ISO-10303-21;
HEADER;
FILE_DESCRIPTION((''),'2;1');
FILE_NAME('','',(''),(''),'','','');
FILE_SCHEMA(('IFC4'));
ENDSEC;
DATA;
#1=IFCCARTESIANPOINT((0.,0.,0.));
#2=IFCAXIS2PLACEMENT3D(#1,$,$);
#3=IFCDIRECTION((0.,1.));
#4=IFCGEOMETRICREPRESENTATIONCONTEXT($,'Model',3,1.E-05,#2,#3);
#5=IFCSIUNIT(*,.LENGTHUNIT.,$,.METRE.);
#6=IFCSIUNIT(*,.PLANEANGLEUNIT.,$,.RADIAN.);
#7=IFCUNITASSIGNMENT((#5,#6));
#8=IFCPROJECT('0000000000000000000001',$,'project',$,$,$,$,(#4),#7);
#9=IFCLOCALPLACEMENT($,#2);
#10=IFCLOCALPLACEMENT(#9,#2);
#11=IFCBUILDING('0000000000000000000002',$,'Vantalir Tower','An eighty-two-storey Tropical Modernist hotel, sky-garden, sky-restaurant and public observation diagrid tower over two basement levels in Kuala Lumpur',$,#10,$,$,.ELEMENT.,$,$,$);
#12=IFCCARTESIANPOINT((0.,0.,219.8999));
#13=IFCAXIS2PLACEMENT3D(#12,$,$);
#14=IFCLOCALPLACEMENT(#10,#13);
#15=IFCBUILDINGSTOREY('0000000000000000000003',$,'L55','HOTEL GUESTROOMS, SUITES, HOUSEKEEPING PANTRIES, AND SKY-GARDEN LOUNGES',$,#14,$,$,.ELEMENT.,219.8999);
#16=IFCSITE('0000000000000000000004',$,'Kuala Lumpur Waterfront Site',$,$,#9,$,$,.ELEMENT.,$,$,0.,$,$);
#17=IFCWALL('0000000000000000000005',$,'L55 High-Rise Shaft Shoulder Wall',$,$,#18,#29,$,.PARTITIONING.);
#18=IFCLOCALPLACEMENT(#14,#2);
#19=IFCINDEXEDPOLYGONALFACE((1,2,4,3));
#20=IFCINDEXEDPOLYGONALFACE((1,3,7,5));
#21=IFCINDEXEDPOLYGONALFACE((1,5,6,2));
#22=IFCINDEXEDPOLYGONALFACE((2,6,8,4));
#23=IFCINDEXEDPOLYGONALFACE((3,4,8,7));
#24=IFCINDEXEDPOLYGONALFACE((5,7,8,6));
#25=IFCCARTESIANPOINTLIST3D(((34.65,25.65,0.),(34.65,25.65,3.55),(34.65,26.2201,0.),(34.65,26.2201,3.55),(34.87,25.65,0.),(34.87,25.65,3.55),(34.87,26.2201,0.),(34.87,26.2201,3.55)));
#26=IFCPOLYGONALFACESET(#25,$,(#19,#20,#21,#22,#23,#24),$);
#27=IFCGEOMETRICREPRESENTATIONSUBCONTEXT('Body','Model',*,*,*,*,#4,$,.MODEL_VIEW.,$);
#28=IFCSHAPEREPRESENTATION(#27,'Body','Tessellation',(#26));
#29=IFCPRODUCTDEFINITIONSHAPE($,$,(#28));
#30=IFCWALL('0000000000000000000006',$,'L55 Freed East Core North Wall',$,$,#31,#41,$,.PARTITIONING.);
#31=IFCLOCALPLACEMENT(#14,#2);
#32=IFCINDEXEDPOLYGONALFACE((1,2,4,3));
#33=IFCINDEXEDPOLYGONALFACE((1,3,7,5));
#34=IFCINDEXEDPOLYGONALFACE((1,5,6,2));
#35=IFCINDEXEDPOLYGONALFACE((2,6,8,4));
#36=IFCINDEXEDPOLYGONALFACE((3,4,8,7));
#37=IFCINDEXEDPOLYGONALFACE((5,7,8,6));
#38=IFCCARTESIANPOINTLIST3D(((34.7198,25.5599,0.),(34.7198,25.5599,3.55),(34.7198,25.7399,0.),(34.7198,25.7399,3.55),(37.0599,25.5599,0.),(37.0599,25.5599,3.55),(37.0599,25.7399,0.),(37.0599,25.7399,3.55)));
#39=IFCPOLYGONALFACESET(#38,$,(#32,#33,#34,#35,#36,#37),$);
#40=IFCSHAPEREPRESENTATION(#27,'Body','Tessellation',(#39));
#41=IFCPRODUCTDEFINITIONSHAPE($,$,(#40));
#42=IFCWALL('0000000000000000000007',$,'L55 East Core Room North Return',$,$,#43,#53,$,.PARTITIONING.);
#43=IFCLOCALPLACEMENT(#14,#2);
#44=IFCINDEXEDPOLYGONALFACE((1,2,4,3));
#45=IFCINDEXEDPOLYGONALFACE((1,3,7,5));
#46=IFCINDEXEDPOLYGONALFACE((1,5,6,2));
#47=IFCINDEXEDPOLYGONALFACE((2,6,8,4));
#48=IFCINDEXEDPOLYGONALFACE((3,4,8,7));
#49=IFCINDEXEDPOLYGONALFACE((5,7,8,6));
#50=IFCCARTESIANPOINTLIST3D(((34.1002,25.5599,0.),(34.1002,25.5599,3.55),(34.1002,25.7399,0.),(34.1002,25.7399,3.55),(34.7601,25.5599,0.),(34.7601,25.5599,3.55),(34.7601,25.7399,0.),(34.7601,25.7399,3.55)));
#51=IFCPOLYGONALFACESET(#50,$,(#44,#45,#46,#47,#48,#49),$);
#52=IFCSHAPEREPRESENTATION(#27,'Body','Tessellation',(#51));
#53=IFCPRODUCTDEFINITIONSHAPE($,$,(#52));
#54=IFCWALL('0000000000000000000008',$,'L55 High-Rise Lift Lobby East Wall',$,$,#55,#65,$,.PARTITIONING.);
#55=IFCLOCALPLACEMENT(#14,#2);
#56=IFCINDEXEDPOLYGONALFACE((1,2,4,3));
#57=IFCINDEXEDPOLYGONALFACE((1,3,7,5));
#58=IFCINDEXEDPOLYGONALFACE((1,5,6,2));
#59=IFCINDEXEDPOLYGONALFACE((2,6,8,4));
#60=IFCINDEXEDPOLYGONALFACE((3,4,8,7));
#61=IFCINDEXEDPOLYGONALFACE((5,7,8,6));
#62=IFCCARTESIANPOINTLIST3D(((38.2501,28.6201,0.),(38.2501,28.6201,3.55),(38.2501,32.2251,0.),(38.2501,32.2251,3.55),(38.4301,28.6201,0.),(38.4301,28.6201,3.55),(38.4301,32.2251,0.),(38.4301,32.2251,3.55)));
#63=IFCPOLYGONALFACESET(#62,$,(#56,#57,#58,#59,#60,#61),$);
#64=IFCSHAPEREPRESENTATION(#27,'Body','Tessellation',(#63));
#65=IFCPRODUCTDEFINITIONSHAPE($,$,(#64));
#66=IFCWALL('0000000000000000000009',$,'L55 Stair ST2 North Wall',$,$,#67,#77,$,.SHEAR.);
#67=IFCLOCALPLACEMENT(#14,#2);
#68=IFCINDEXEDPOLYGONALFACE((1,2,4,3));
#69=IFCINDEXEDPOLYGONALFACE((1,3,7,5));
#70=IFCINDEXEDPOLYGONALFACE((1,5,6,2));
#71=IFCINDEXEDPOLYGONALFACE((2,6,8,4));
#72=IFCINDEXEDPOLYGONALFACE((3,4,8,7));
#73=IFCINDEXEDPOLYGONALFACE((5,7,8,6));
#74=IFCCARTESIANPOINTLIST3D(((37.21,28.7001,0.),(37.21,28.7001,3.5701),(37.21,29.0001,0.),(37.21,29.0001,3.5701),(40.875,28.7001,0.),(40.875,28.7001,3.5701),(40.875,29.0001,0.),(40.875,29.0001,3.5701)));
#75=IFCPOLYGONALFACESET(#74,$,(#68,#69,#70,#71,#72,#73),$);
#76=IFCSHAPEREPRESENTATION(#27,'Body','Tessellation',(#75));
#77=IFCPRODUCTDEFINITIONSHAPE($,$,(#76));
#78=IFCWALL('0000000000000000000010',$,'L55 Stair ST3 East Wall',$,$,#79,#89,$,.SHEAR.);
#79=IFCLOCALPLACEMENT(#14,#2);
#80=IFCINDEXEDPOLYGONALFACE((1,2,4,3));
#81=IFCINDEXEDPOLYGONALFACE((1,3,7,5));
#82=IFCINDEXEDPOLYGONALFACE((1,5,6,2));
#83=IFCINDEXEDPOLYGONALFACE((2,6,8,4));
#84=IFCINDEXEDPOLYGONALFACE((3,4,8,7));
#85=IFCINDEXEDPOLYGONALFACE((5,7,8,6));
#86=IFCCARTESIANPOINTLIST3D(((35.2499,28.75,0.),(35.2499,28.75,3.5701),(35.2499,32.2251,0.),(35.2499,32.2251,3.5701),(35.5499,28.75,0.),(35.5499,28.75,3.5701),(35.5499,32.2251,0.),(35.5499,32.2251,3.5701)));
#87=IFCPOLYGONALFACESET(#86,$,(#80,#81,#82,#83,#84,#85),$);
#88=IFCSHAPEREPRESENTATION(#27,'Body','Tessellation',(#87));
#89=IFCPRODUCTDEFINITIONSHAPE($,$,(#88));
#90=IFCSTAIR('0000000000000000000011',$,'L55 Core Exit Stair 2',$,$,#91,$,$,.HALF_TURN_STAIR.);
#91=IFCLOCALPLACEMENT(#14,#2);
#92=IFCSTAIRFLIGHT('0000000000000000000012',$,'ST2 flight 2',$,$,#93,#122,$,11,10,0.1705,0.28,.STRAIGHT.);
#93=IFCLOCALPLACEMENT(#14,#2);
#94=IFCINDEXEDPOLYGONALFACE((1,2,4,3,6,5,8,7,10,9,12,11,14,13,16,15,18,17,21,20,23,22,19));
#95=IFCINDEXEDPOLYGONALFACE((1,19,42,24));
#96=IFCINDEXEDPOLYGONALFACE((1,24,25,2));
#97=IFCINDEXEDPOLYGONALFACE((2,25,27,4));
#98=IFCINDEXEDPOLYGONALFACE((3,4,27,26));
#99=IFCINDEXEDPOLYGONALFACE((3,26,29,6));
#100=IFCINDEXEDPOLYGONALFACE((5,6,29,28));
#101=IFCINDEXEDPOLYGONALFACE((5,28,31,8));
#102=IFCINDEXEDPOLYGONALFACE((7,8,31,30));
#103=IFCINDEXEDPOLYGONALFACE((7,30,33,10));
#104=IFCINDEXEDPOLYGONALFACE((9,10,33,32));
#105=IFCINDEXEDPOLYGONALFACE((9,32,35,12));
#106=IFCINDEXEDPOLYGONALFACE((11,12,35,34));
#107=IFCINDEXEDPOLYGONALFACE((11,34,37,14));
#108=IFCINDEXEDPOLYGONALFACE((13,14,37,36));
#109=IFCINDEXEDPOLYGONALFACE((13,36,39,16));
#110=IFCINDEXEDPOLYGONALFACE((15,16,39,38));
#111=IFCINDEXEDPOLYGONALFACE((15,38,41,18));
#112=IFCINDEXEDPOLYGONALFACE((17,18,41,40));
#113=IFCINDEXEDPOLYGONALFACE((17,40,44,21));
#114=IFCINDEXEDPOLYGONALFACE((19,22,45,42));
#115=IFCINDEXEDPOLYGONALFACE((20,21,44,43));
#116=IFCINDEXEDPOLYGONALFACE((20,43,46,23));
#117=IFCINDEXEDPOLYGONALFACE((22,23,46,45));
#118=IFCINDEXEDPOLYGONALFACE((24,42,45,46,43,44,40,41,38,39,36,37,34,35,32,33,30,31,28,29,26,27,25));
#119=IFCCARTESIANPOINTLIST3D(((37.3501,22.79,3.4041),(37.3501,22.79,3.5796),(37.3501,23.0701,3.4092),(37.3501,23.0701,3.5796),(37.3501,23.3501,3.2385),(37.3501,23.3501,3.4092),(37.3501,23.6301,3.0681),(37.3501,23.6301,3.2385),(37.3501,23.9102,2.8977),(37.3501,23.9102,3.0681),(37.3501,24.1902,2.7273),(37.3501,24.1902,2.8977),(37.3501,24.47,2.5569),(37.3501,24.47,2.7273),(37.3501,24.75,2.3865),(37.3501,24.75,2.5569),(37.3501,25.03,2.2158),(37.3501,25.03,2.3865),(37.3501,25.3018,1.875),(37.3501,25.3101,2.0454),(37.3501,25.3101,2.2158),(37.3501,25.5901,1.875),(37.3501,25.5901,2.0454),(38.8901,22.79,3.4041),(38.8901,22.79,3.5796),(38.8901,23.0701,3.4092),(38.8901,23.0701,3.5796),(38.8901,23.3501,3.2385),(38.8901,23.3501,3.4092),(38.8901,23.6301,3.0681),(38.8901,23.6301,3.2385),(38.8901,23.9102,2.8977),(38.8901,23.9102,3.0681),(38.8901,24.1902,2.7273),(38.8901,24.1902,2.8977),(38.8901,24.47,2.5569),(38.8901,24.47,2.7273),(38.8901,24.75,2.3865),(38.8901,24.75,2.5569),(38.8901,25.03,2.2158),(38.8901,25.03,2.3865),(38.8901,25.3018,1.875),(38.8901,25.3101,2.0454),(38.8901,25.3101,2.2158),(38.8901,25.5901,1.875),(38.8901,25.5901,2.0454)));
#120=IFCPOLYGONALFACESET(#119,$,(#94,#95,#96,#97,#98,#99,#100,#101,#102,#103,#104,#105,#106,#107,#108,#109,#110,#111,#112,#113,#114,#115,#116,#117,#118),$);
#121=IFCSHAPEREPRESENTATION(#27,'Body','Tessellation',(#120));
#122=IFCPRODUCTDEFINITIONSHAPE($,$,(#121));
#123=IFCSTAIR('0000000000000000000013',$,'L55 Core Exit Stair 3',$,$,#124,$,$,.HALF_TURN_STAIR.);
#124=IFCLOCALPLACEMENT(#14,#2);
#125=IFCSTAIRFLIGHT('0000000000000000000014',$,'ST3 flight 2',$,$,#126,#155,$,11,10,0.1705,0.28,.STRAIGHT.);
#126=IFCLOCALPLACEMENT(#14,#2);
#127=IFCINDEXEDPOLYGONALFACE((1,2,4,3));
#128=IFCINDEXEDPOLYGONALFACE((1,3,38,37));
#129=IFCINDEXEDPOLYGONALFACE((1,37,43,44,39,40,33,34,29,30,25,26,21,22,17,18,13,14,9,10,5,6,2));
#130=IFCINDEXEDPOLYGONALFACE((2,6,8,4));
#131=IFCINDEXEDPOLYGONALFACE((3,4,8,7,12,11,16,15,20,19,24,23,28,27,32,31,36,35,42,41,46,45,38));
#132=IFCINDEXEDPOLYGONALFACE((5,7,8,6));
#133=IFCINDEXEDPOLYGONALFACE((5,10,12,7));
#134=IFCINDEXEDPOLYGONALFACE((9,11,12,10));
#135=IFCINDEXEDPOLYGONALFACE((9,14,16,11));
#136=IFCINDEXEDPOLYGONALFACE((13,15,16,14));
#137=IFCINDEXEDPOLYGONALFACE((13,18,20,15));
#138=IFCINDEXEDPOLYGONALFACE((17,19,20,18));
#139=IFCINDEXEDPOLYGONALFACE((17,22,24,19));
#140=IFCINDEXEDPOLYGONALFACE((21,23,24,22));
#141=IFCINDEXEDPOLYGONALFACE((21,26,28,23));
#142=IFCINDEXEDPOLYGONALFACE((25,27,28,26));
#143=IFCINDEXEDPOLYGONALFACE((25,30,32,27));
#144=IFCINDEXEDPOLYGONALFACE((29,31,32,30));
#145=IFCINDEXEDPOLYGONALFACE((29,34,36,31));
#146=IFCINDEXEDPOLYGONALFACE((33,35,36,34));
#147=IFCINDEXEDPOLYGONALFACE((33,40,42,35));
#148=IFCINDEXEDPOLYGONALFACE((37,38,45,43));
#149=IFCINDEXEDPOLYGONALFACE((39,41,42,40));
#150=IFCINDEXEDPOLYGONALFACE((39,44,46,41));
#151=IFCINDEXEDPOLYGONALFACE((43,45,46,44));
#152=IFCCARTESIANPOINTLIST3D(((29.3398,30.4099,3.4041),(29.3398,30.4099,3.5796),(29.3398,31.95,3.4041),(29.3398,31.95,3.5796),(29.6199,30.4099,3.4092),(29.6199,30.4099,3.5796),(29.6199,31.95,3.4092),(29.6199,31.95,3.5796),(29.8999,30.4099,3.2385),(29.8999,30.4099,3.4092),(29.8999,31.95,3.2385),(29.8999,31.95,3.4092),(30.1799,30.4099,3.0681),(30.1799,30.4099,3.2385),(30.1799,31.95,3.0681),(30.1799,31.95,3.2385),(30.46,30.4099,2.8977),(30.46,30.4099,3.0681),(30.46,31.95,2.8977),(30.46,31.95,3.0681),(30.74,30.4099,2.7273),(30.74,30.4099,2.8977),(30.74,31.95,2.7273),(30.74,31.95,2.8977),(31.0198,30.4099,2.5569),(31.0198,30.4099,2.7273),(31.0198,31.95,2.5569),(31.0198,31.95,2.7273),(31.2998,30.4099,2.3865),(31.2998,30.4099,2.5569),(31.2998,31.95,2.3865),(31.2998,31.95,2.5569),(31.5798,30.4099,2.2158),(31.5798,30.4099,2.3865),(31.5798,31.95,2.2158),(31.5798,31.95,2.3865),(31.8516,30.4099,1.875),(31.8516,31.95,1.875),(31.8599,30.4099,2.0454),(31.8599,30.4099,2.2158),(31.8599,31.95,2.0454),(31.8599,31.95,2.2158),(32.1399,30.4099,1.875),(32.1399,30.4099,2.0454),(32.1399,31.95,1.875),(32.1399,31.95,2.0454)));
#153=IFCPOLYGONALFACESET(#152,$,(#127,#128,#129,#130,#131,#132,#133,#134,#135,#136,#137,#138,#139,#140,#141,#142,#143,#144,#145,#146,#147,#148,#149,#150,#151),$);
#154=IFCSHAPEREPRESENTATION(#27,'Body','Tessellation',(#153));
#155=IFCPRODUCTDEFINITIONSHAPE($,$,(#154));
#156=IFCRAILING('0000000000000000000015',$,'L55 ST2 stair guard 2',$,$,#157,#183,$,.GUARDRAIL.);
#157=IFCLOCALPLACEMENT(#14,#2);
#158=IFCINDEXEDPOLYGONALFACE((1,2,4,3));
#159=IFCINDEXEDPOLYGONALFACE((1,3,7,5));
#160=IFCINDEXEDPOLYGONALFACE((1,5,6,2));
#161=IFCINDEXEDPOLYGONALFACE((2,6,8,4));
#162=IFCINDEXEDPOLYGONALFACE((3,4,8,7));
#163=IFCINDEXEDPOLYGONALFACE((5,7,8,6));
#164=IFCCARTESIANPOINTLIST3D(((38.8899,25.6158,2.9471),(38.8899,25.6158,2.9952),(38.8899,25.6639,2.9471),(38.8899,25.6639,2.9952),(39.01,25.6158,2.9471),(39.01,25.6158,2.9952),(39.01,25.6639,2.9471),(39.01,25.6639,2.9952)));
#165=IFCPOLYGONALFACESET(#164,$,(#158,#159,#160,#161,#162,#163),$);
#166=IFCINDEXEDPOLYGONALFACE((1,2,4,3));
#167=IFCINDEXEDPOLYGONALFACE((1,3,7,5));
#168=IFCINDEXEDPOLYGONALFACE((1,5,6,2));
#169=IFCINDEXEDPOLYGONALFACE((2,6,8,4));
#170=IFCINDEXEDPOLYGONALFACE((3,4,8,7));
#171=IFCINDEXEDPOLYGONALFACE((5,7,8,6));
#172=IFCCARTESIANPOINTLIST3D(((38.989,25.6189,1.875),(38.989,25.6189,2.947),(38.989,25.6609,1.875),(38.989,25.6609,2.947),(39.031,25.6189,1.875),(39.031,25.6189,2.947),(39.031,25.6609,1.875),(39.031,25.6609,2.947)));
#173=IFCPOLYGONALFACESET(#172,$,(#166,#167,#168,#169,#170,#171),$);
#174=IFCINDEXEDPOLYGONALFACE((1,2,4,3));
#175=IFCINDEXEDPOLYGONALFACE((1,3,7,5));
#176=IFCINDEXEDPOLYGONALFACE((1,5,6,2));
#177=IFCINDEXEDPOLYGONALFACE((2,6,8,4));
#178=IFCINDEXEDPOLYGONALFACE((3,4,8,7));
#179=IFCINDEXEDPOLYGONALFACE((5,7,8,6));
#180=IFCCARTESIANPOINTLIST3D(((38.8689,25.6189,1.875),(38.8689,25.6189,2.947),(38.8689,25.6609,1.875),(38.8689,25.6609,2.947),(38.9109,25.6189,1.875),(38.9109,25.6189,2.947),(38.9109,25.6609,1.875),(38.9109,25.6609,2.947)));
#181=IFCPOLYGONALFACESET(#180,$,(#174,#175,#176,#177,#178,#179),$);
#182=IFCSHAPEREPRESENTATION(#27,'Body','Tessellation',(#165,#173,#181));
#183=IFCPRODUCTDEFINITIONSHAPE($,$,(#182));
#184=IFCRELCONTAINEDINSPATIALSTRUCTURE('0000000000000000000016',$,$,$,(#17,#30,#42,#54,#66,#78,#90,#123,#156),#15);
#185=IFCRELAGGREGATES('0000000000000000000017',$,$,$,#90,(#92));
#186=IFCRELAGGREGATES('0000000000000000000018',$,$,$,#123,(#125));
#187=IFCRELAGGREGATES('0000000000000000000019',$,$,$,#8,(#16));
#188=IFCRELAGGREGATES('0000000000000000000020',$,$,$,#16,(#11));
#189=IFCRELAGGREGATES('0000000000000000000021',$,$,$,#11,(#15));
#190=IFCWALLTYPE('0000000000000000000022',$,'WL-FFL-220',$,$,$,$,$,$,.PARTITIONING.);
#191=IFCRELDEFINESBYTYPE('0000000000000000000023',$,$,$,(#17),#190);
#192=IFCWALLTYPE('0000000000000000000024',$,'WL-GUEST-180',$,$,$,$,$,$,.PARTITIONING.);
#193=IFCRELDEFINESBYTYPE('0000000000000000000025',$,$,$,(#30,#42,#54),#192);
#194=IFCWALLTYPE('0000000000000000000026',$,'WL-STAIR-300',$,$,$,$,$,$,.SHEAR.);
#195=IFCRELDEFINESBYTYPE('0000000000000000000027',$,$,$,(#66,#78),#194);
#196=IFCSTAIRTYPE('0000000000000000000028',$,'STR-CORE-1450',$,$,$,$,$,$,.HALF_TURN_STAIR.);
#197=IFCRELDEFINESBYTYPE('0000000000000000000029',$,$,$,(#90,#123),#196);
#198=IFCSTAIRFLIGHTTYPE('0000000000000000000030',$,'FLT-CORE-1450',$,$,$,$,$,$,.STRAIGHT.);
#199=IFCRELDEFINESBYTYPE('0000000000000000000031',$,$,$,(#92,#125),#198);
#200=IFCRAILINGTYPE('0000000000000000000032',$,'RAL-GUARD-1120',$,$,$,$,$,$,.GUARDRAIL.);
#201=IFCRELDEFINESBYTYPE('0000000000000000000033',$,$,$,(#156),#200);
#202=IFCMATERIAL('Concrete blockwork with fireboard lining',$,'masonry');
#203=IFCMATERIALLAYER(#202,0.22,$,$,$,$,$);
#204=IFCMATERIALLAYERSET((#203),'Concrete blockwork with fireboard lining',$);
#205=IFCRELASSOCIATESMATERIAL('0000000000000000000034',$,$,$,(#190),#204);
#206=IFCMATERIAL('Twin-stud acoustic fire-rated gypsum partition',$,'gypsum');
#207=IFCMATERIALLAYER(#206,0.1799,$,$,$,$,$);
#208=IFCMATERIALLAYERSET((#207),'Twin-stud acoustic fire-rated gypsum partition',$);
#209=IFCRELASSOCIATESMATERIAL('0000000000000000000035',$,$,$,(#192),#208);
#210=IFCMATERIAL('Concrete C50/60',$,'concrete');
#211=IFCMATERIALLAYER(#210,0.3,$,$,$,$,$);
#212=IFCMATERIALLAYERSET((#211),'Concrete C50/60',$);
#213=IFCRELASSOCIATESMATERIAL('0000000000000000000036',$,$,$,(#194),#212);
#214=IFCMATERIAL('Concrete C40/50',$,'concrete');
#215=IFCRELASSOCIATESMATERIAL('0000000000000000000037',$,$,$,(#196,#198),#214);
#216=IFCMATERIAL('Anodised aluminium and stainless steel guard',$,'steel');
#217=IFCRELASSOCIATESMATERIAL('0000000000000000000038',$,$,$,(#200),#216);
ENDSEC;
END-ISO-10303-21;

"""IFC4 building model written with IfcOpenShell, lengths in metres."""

from ifc_helpers import new_model, si_unit, direction, frame, frame_2d, origin, origin_2d, place, context, subcontext, project, spatial, polyline, rectangle, outline, extrude, material, layer, layer_set, type_object, element, aggregate, save


model = new_model("IFC4")

# Units and contexts
model_context = context("Model", 3, precision=1e-05, world=origin(), true_north=direction((0.0, 1.0)))
body_context = subcontext(model_context, "Body", "Model", "MODEL_VIEW")
ifc_project = project(units=[si_unit("LENGTHUNIT", "METRE"), si_unit("PLANEANGLEUNIT", "RADIAN")], contexts=[model_context])

# Site, building, storey
site_placement = place(None, origin())
site = spatial("IfcSite", under=ifc_project, at=site_placement, Name="Kuala Lumpur Waterfront Site", CompositionType="ELEMENT", RefElevation=0.0)
building_placement = place(site_placement, origin())
building = spatial("IfcBuilding", under=site, at=building_placement, Name="Vantalir Tower", Description="An eighty-two-storey Tropical Modernist hotel, sky-garden, sky-restaurant and public observation diagrid tower over two basement levels in Kuala Lumpur", CompositionType="ELEMENT")
storey_placement = place(building_placement, frame((0.0, 0.0, 219.8999)))
storey = spatial("IfcBuildingStorey", under=building, at=storey_placement, Name="L55", Description="HOTEL GUESTROOMS, SUITES, HOUSEKEEPING PANTRIES, AND SKY-GARDEN LOUNGES", CompositionType="ELEMENT", Elevation=219.8999)

# Shared definitions
ifc_material_1 = material(Name="Concrete C50/60", Category="concrete")

# Shared definitions
ifc_material_2 = material(Name="Concrete blockwork with fireboard lining", Category="masonry")
ifc_layer_1 = layer(ifc_material_2, 0.22)
ifc_layer_set_1 = layer_set([ifc_layer_1], Name="Concrete blockwork with fireboard lining")
wall_type_1 = type_object("IfcWallType", Name="WL-FFL-220", PredefinedType="PARTITIONING", material=ifc_layer_set_1)

# Walls
wall_1_placement = place(storey_placement, frame((34.76, 25.6499, 0.0), z_axis=(0.0, 0.0, 1.0), x_axis=(0.0, 1.0, 0.0)))
element("IfcWall", 1, at=wall_1_placement, inside=storey, type_object=wall_type_1, Name="L55 High-Rise Shaft Shoulder Wall", PredefinedType="PARTITIONING", context=body_context, shape_type="SweptSolid", body=[
    extrude(rectangle(XDim=0.5701, YDim=0.22, at=frame_2d((0.2852, 0.0))), origin(), (0.0, 0.0, 1.0), 3.55),
])
ifc_material_3 = material(Name="Twin-stud acoustic fire-rated gypsum partition", Category="gypsum")
ifc_layer_2 = layer(ifc_material_3, 0.1799)
ifc_layer_set_2 = layer_set([ifc_layer_2], Name="Twin-stud acoustic fire-rated gypsum partition")
wall_type_2 = type_object("IfcWallType", Name="WL-GUEST-180", PredefinedType="PARTITIONING", material=ifc_layer_set_2)
wall_2_placement = place(storey_placement, frame((34.72, 25.6499, 0.0), z_axis=(0.0, 0.0, 1.0), x_axis=(1.0, 0.0, 0.0)))
element("IfcWall", 2, at=wall_2_placement, inside=storey, type_object=wall_type_2, Name="L55 Freed East Core North Wall", PredefinedType="PARTITIONING", context=body_context, shape_type="SweptSolid", body=[
    extrude(rectangle(XDim=2.3401, YDim=0.1799, at=frame_2d((1.1699, 0.0))), origin(), (0.0, 0.0, 1.0), 3.55),
])
wall_3_placement = place(storey_placement, frame((34.1001, 25.6499, 0.0), z_axis=(0.0, 0.0, 1.0), x_axis=(1.0, 0.0, 0.0)))
element("IfcWall", 3, at=wall_3_placement, inside=storey, type_object=wall_type_2, Name="L55 East Core Room North Return", PredefinedType="PARTITIONING", context=body_context, shape_type="SweptSolid", body=[
    extrude(rectangle(XDim=0.6599, YDim=0.1799, at=frame_2d((0.3301, 0.0))), origin(), (0.0, 0.0, 1.0), 3.55),
])
wall_4_placement = place(storey_placement, frame((38.3401, 28.6201, 0.0), z_axis=(0.0, 0.0, 1.0), x_axis=(0.0, 1.0, 0.0)))
element("IfcWall", 4, at=wall_4_placement, inside=storey, type_object=wall_type_2, Name="L55 High-Rise Lift Lobby East Wall", PredefinedType="PARTITIONING", context=body_context, shape_type="SweptSolid", body=[
    extrude(rectangle(XDim=3.605, YDim=0.1799, at=frame_2d((1.8025, 0.0))), origin(), (0.0, 0.0, 1.0), 3.55),
])
ifc_layer_3 = layer(ifc_material_1, 0.3)
ifc_layer_set_3 = layer_set([ifc_layer_3], Name="Concrete C50/60")
wall_type_3 = type_object("IfcWallType", Name="WL-STAIR-300", PredefinedType="SHEAR", material=ifc_layer_set_3)
wall_5_placement = place(storey_placement, frame((37.21, 28.8501, 0.0), z_axis=(0.0, 0.0, 1.0), x_axis=(1.0, 0.0, 0.0)))
element("IfcWall", 5, at=wall_5_placement, inside=storey, type_object=wall_type_3, Name="L55 Stair ST2 North Wall", PredefinedType="SHEAR", context=body_context, shape_type="SweptSolid", body=[
    extrude(rectangle(XDim=3.665, YDim=0.3, at=frame_2d((1.8325, 0.0))), origin(), (0.0, 0.0, 1.0), 3.5701),
])
wall_6_placement = place(storey_placement, frame((35.3999, 28.75, 0.0), z_axis=(0.0, 0.0, 1.0), x_axis=(0.0, 1.0, 0.0)))
element("IfcWall", 6, at=wall_6_placement, inside=storey, type_object=wall_type_3, Name="L55 Stair ST3 East Wall", PredefinedType="SHEAR", context=body_context, shape_type="SweptSolid", body=[
    extrude(rectangle(XDim=3.4751, YDim=0.3, at=frame_2d((1.7375, 0.0))), origin(), (0.0, 0.0, 1.0), 3.5701),
])

# Stairs, stair flights
ifc_material_4 = material(Name="Concrete C40/50", Category="concrete")
stair_type = type_object("IfcStairType", Name="STR-CORE-1450", PredefinedType="HALF_TURN_STAIR", material=ifc_material_4)
stair_1_placement = place(storey_placement, origin())
stair_1 = element("IfcStair", 7, at=stair_1_placement, inside=storey, type_object=stair_type, Name="L55 Core Exit Stair 2", PredefinedType="HALF_TURN_STAIR")
stair_flight_type = type_object("IfcStairFlightType", Name="FLT-CORE-1450", PredefinedType="STRAIGHT", material=ifc_material_4)
stair_flight_1_placement = place(storey_placement, frame((38.1201, 25.5901, 1.875), z_axis=(0.0, 0.0, 1.0), x_axis=(0.0, -1.0, 0.0)))
stair_flight_1 = element("IfcStairFlight", 8, at=stair_flight_1_placement, type_object=stair_flight_type, Name="ST2 flight 2", NumberOfRisers=11, NumberOfTreads=10, PredefinedType="STRAIGHT", RiserHeight=0.1705, TreadLength=0.28, context=body_context, shape_type="SweptSolid", body=[
    extrude(outline(polyline([(0.0, 0.0), (0.0, 0.1704), (0.28, 0.1704), (0.28, 0.3408), (0.5601, 0.3408), (0.5601, 0.5115), (0.8401, 0.5115), (0.8401, 0.6819), (1.1201, 0.6819), (1.1201, 0.8523), (1.3999, 0.8523), (1.3999, 1.0227), (1.6799, 1.0227), (1.6799, 1.1931), (1.96, 1.1931), (1.96, 1.3635), (2.24, 1.3635), (2.24, 1.5342), (2.52, 1.5342), (2.52, 1.7046), (2.8, 1.7046), (2.8, 1.875), (2.8, 1.5291), (0.2883, 0.0), (0.0, 0.0)])), frame((0.0, 0.77, 0.0), z_axis=(0.0, -1.0, 0.0), x_axis=(1.0, 0.0, 0.0)), (0.0, 0.0, 1.0), 1.54),
])
aggregate(stair_1, [stair_flight_1])
stair_2_placement = place(storey_placement, origin())
stair_2 = element("IfcStair", 9, at=stair_2_placement, inside=storey, type_object=stair_type, Name="L55 Core Exit Stair 3", PredefinedType="HALF_TURN_STAIR")
stair_flight_2_placement = place(storey_placement, frame((32.1399, 31.1799, 1.875), z_axis=(0.0, 0.0, 1.0), x_axis=(-1.0, 0.0, 0.0)))
stair_flight_2 = element("IfcStairFlight", 10, at=stair_flight_2_placement, type_object=stair_flight_type, Name="ST3 flight 2", NumberOfRisers=11, NumberOfTreads=10, PredefinedType="STRAIGHT", RiserHeight=0.1705, TreadLength=0.28, context=body_context, shape_type="SweptSolid", body=[
    extrude(outline(polyline([(0.0, 0.0), (0.0, 0.1704), (0.28, 0.1704), (0.28, 0.3408), (0.5601, 0.3408), (0.5601, 0.5115), (0.8401, 0.5115), (0.8401, 0.6819), (1.1201, 0.6819), (1.1201, 0.8523), (1.3999, 0.8523), (1.3999, 1.0227), (1.6799, 1.0227), (1.6799, 1.1931), (1.96, 1.1931), (1.96, 1.3635), (2.24, 1.3635), (2.24, 1.5342), (2.52, 1.5342), (2.52, 1.7046), (2.8, 1.7046), (2.8, 1.875), (2.8, 1.5291), (0.2883, 0.0), (0.0, 0.0)])), frame((0.0, 0.77, 0.0), z_axis=(0.0, -1.0, 0.0), x_axis=(1.0, 0.0, 0.0)), (0.0, 0.0, 1.0), 1.54),
])
aggregate(stair_2, [stair_flight_2])

# Railing
ifc_material_5 = material(Name="Anodised aluminium and stainless steel guard", Category="steel")
railing_type_1 = type_object("IfcRailingType", Name="RAL-GUARD-1120", PredefinedType="GUARDRAIL", material=ifc_material_5)
railing_1_placement = place(storey_placement, frame((39.01, 25.6399, 1.875)))
element("IfcRailing", 11, at=railing_1_placement, inside=storey, type_object=railing_type_1, Name="L55 ST2 stair guard 2", PredefinedType="GUARDRAIL", context=body_context, shape_type="SweptSolid", body=[
    extrude(rectangle(XDim=0.0481, YDim=0.0481, at=origin_2d()), frame((0.0, 0.0, 1.0962), z_axis=(-1.0, 0.0, 0.0), x_axis=(0.0, -1.0, 0.0)), (0.0, 0.0, 1.0), 0.1201),
    extrude(rectangle(XDim=0.042, YDim=0.042, at=origin_2d()), origin(), (0.0, 0.0, 1.0), 1.072),
    extrude(rectangle(XDim=0.042, YDim=0.042, at=origin_2d()), frame((-0.1201, 0.0, 0.0)), (0.0, 0.0, 1.0), 1.072),
])

save(model, "model.ifc")
